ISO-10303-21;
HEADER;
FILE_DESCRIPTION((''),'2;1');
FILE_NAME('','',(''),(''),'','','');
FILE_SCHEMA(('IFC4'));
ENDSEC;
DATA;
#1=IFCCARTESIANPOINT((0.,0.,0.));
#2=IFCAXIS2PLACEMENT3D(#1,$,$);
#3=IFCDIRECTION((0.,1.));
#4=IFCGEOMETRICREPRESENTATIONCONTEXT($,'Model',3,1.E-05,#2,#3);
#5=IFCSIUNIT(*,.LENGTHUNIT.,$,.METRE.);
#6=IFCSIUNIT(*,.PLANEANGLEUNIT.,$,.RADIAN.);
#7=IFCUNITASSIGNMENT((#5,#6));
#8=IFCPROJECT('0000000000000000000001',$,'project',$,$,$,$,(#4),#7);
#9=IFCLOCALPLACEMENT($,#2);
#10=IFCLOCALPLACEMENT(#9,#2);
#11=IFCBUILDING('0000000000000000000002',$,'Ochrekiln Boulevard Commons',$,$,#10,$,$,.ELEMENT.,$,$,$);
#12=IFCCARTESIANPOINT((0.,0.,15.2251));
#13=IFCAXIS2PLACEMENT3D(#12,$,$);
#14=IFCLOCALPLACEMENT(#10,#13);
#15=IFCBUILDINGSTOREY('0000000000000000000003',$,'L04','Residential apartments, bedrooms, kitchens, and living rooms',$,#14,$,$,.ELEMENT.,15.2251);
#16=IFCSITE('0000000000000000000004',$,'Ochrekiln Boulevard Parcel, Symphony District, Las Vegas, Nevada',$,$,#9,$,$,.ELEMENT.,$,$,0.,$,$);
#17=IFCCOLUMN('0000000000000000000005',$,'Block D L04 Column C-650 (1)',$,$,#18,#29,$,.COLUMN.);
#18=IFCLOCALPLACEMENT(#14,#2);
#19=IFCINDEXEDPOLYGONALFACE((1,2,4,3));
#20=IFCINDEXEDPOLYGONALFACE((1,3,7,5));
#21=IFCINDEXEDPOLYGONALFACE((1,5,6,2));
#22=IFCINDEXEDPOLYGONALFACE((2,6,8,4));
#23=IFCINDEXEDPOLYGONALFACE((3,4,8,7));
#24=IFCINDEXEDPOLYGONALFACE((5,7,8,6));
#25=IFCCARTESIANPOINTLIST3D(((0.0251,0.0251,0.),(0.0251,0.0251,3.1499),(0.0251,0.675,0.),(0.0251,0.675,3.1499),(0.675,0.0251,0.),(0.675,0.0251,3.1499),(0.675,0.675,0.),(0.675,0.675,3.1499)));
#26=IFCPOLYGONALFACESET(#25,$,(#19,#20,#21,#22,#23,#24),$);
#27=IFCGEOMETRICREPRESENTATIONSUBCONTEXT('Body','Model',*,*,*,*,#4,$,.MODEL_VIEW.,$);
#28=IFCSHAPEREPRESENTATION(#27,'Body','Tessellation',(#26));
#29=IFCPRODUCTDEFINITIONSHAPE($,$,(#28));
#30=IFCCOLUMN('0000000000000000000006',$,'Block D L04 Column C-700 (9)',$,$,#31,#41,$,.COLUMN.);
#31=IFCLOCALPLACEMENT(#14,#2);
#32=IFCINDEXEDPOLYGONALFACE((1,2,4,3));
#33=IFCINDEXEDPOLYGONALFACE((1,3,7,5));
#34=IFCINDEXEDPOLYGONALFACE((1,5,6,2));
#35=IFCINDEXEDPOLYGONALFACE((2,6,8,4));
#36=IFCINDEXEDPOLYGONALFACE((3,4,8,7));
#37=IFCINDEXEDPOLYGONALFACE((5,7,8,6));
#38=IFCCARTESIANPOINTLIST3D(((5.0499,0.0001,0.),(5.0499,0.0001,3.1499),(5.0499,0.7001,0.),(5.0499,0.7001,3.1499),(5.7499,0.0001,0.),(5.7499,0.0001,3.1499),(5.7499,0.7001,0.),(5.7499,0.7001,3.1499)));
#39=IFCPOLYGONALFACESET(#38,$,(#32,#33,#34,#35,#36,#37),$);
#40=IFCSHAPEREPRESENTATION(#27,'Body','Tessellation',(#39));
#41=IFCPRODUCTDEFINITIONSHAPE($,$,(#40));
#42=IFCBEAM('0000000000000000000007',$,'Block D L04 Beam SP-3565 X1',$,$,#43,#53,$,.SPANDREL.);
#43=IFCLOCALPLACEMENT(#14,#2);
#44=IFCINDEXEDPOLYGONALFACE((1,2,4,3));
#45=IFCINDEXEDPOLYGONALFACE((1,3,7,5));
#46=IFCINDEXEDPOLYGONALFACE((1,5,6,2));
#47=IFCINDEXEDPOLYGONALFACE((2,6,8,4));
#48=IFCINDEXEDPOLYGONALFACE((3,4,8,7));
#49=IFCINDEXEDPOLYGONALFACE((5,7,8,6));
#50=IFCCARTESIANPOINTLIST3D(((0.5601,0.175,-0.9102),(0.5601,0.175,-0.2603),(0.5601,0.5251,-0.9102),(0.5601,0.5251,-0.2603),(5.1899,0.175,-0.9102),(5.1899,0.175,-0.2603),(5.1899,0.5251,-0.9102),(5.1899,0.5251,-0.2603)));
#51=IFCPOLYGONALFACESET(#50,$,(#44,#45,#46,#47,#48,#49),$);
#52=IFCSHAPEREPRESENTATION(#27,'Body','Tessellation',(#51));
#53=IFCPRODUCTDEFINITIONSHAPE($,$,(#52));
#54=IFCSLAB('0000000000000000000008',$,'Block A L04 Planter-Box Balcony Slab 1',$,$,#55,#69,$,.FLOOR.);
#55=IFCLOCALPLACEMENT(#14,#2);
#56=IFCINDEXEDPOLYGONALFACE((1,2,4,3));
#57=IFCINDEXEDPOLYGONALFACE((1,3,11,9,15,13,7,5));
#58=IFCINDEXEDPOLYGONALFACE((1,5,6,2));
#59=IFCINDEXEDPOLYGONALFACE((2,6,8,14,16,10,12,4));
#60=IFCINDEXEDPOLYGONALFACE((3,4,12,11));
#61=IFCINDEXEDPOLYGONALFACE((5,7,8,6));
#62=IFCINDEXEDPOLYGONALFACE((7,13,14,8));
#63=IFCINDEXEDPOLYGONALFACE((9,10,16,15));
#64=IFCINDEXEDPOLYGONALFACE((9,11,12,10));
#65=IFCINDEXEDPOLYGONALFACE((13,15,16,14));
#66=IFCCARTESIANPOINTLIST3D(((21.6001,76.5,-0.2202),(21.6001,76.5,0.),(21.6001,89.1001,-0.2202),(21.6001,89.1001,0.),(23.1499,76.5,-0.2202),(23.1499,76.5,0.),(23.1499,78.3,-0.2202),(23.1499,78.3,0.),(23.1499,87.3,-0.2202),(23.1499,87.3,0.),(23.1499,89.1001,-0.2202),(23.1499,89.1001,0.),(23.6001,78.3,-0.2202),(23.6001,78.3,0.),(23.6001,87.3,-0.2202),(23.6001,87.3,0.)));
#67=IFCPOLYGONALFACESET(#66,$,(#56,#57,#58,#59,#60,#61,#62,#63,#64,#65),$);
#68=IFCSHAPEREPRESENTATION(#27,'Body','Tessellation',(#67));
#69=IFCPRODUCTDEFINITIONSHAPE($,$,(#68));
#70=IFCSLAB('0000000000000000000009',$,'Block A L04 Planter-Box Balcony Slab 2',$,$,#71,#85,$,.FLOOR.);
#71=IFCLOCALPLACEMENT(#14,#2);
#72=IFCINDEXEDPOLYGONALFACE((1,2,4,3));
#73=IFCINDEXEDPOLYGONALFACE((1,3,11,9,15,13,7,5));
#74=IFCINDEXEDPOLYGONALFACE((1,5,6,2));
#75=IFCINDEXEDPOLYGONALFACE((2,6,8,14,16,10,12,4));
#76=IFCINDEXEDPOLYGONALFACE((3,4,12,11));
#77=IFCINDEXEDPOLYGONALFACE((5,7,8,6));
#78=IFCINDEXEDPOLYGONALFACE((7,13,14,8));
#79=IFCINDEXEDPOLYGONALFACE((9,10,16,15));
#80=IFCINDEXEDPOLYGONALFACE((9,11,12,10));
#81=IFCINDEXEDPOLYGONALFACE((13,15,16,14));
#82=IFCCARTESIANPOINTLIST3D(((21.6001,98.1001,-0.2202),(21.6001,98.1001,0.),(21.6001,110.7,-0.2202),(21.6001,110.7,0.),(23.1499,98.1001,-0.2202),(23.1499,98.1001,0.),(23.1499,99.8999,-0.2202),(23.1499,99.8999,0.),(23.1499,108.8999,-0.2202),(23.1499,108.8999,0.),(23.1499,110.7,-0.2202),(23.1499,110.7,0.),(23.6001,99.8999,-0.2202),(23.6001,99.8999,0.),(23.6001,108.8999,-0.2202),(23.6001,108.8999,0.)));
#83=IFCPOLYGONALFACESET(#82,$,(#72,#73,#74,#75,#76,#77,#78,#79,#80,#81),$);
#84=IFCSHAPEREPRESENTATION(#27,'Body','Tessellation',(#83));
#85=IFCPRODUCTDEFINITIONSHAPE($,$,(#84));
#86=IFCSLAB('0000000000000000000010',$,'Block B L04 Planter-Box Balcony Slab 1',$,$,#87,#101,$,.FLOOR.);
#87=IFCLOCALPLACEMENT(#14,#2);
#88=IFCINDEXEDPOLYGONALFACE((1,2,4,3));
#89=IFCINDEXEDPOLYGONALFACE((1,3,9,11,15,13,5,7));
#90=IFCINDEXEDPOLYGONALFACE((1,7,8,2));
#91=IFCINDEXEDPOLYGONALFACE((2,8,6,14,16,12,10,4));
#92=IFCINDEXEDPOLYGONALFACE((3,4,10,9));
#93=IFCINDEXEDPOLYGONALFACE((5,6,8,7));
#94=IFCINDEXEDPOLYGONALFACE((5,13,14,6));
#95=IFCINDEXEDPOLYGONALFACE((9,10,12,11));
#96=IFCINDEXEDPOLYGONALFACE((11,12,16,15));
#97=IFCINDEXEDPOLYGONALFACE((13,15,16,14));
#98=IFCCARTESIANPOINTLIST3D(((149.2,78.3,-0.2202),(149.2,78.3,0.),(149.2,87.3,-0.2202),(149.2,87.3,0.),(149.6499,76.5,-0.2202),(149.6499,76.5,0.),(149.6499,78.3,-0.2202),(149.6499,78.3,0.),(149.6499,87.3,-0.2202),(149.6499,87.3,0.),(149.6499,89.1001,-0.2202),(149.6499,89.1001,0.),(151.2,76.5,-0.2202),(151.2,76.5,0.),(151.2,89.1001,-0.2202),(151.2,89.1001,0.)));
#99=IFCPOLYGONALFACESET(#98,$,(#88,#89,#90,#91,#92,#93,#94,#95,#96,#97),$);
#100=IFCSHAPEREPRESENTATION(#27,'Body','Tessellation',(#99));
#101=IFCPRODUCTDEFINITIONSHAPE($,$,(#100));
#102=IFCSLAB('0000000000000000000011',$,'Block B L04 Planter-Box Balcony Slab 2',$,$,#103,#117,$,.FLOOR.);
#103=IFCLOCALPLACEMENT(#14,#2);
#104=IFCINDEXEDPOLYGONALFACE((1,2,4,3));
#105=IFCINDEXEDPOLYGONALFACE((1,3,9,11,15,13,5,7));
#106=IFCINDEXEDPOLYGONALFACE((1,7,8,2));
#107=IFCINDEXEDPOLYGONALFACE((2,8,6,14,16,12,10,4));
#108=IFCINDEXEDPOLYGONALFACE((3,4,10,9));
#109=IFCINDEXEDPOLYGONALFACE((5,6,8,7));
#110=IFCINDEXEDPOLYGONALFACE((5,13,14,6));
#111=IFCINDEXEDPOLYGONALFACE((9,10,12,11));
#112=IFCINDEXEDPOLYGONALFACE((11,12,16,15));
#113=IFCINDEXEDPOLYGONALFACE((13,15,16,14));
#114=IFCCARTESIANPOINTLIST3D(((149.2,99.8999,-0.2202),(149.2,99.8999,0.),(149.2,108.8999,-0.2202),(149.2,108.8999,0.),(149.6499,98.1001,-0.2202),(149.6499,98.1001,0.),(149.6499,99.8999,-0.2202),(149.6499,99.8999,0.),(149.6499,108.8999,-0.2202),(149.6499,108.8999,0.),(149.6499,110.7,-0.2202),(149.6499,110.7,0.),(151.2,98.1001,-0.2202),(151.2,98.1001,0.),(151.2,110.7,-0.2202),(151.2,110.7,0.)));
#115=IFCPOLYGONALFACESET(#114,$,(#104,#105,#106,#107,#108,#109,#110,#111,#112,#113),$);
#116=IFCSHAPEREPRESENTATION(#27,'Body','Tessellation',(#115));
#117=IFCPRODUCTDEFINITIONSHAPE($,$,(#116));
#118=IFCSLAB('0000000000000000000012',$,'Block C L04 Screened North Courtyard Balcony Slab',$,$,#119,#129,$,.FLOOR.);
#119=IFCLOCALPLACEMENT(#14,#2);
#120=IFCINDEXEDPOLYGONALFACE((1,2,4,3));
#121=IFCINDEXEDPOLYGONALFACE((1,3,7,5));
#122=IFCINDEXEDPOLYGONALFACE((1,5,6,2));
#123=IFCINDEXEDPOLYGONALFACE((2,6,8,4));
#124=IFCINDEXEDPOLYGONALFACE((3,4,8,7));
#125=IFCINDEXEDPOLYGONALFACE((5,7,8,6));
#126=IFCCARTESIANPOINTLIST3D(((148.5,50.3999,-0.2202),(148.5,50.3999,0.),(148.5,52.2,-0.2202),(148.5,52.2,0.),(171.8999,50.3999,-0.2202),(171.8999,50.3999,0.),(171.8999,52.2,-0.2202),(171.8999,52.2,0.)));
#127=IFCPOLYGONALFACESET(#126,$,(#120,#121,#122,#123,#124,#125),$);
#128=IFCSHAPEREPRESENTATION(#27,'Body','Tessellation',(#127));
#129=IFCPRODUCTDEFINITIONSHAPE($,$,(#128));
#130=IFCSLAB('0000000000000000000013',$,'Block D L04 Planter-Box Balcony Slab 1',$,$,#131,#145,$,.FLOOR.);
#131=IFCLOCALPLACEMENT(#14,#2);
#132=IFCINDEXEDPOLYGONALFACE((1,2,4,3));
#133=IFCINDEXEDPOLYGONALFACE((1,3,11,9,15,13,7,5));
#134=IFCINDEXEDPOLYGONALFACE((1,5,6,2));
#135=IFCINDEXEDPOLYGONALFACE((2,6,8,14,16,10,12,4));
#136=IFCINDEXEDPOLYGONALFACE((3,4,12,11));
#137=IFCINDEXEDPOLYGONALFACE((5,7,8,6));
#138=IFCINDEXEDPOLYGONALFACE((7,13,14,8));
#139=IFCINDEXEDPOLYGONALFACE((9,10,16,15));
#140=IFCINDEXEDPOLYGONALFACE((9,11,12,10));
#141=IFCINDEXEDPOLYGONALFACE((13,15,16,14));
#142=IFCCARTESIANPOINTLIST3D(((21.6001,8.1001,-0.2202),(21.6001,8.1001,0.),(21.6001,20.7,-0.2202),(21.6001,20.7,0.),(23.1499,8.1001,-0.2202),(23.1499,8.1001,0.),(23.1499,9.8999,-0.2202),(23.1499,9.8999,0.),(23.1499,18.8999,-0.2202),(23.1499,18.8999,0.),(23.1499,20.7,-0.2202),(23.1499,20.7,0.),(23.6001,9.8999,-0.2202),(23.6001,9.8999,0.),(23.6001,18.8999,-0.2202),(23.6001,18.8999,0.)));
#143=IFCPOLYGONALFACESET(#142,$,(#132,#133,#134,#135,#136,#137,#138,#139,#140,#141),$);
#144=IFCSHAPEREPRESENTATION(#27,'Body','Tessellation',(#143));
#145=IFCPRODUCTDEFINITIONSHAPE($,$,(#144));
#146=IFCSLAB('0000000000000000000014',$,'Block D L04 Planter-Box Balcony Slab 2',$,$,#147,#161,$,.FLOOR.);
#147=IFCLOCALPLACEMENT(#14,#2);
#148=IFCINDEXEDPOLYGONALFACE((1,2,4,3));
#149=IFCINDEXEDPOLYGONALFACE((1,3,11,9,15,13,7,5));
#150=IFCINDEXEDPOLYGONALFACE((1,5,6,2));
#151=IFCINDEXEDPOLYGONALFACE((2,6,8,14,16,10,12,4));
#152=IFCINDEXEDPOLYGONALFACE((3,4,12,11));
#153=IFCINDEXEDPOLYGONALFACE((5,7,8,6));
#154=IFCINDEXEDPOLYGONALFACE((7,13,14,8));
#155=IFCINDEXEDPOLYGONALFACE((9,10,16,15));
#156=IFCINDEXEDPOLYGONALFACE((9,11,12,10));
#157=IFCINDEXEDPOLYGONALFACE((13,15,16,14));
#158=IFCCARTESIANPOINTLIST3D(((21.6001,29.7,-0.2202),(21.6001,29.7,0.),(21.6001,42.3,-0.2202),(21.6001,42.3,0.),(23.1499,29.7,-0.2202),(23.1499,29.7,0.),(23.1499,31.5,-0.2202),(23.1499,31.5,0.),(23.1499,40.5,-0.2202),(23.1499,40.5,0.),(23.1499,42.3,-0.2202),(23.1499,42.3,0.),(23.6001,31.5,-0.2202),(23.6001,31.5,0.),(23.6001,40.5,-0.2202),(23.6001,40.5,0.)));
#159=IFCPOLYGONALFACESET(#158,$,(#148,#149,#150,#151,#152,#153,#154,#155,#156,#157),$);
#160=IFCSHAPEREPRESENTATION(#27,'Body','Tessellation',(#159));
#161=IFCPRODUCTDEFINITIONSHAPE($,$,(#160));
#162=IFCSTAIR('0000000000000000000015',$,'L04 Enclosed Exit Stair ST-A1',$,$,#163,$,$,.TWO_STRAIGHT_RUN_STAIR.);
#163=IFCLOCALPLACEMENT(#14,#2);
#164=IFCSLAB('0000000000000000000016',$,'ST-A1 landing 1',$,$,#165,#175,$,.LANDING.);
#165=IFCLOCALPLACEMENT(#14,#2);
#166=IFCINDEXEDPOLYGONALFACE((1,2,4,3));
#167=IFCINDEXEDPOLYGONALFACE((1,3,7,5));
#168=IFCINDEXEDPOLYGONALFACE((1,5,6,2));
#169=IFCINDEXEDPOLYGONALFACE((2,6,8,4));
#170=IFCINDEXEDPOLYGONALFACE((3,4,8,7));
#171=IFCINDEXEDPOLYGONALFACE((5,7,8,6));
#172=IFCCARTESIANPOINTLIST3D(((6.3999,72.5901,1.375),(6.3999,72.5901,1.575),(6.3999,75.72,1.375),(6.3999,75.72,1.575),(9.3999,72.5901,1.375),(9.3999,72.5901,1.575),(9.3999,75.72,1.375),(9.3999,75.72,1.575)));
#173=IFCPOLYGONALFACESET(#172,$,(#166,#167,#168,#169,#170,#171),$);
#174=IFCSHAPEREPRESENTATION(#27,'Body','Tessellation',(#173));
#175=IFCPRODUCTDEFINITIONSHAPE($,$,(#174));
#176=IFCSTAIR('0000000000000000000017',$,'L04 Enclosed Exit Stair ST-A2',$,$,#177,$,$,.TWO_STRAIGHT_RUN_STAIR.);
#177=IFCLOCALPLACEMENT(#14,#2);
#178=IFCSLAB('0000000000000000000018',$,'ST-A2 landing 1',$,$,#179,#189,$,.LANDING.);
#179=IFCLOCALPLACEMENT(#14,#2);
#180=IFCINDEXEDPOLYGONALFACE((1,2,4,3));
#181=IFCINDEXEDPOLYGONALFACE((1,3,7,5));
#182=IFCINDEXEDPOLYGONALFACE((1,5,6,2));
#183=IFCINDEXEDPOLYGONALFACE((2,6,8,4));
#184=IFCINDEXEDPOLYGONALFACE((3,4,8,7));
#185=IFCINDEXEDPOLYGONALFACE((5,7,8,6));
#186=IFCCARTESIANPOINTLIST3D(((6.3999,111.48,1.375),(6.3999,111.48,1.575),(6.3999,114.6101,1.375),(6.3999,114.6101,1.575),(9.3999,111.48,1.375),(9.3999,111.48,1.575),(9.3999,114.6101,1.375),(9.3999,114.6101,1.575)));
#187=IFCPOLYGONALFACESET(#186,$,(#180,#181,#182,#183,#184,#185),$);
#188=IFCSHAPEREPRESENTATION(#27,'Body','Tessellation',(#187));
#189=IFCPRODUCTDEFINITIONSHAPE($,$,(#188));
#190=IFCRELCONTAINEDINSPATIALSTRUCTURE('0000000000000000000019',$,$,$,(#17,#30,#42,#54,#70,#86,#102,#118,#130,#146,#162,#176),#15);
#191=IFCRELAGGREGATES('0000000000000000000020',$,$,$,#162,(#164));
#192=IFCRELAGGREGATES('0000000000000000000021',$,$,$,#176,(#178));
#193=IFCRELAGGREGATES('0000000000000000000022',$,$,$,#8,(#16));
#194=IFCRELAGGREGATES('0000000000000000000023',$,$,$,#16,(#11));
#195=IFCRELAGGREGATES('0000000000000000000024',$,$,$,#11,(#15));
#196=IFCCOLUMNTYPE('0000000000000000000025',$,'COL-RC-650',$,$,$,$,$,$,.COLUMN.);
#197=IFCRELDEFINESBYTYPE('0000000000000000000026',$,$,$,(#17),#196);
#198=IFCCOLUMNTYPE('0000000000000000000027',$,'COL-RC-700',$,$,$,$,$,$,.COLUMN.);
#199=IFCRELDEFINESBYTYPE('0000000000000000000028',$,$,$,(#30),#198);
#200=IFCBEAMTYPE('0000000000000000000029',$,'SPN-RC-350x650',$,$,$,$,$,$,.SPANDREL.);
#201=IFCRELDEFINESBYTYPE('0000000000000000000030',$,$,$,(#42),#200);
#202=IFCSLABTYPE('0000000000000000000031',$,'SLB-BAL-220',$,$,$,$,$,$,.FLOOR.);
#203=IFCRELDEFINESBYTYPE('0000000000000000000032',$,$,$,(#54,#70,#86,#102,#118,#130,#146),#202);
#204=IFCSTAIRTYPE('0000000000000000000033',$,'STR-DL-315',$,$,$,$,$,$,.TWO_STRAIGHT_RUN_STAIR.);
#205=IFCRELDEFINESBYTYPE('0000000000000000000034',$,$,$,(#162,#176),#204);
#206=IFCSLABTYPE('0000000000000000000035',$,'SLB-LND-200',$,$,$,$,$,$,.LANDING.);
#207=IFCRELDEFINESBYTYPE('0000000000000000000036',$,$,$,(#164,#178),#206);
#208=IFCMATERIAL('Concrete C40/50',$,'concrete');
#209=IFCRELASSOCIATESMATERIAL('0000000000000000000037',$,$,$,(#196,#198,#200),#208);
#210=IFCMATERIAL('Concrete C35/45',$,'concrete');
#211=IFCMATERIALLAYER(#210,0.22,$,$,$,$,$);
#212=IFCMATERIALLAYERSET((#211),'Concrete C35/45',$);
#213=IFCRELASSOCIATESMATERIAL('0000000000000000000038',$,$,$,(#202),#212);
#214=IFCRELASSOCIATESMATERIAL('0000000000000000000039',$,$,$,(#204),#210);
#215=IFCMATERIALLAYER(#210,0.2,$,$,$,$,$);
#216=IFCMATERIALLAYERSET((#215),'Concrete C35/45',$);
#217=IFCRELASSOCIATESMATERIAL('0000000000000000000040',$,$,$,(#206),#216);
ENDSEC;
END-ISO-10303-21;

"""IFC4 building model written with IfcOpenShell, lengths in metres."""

from ifc_helpers import new_model, si_unit, direction, frame, origin, origin_2d, place, context, subcontext, project, spatial, polyline, rectangle, outline, extrude, material, layer, layer_set, material_profile, profile_set, type_object, element, aggregate, save


model = new_model("IFC4")

# Units and contexts
model_context = context("Model", 3, precision=1e-05, world=origin(), true_north=direction((0.0, 1.0)))
body_context = subcontext(model_context, "Body", "Model", "MODEL_VIEW")
ifc_project = project(units=[si_unit("LENGTHUNIT", "METRE"), si_unit("PLANEANGLEUNIT", "RADIAN")], contexts=[model_context])

# Site, building, storey
site_placement = place(None, origin())
site = spatial("IfcSite", under=ifc_project, at=site_placement, Name="Ochrekiln Boulevard Parcel, Symphony District, Las Vegas, Nevada", CompositionType="ELEMENT", RefElevation=0.0)
building_placement = place(site_placement, origin())
building = spatial("IfcBuilding", under=site, at=building_placement, Name="Ochrekiln Boulevard Commons", CompositionType="ELEMENT")
storey_placement = place(building_placement, frame((0.0, 0.0, 15.2251)))
storey = spatial("IfcBuildingStorey", under=building, at=storey_placement, Name="L04", Description="Residential apartments, bedrooms, kitchens, and living rooms", CompositionType="ELEMENT", Elevation=15.2251)

# Columns
ifc_material_1 = material(Name="Concrete C40/50", Category="concrete")
ifc_material_profile_1 = material_profile(ifc_material_1, rectangle(XDim=0.6499, YDim=0.6499, at=origin_2d()), Name="RC-COL-650x650")
ifc_profile_set_1 = profile_set([ifc_material_profile_1], Name="Concrete C40/50")
column_type_1 = type_object("IfcColumnType", Name="COL-RC-650", PredefinedType="COLUMN", material=ifc_profile_set_1)
column_1_placement = place(storey_placement, frame((0.3501, 0.3501, 0.0), z_axis=(0.0, 0.0, 1.0), x_axis=(1.0, 0.0, 0.0)))
element("IfcColumn", 1, at=column_1_placement, inside=storey, type_object=column_type_1, Name="Block D L04 Column C-650 (1)", PredefinedType="COLUMN", context=body_context, shape_type="SweptSolid", body=[
    extrude(rectangle(XDim=0.6499, YDim=0.6499, at=origin_2d()), origin(), (0.0, 0.0, 1.0), 3.1499),
])
ifc_material_profile_2 = material_profile(ifc_material_1, rectangle(XDim=0.7, YDim=0.7, at=origin_2d()), Name="RC-COL-700x700")
ifc_profile_set_2 = profile_set([ifc_material_profile_2], Name="Concrete C40/50")
column_type_2 = type_object("IfcColumnType", Name="COL-RC-700", PredefinedType="COLUMN", material=ifc_profile_set_2)
column_2_placement = place(storey_placement, frame((5.3999, 0.3501, 0.0), z_axis=(0.0, 0.0, 1.0), x_axis=(1.0, 0.0, 0.0)))
element("IfcColumn", 2, at=column_2_placement, inside=storey, type_object=column_type_2, Name="Block D L04 Column C-700 (9)", PredefinedType="COLUMN", context=body_context, shape_type="SweptSolid", body=[
    extrude(rectangle(XDim=0.7, YDim=0.7, at=origin_2d()), origin(), (0.0, 0.0, 1.0), 3.1499),
])

# Beam
ifc_material_profile_3 = material_profile(ifc_material_1, rectangle(XDim=0.3501, YDim=0.6499, at=origin_2d()), Name="RC-SPN-350x650")
ifc_profile_set_3 = profile_set([ifc_material_profile_3], Name="Concrete C40/50")
beam_type = type_object("IfcBeamType", Name="SPN-RC-350x650", PredefinedType="SPANDREL", material=ifc_profile_set_3)
beam_placement = place(storey_placement, frame((0.5601, 0.3501, -0.5852), z_axis=(1.0, 0.0, 0.0), x_axis=(0.0, 1.0, 0.0)))
element("IfcBeam", 3, at=beam_placement, inside=storey, type_object=beam_type, Name="Block D L04 Beam SP-3565 X1", PredefinedType="SPANDREL", context=body_context, shape_type="SweptSolid", body=[
    extrude(rectangle(XDim=0.3501, YDim=0.6499, at=origin_2d()), origin(), (0.0, 0.0, 1.0), 4.6299),
])

# Slabs
ifc_material_2 = material(Name="Concrete C35/45", Category="concrete")
ifc_layer_1 = layer(ifc_material_2, 0.22)
ifc_layer_set_1 = layer_set([ifc_layer_1], Name="Concrete C35/45")
slab_type_1 = type_object("IfcSlabType", Name="SLB-BAL-220", PredefinedType="FLOOR", material=ifc_layer_set_1)
slab_1_placement = place(storey_placement, frame((0.0, 0.0, -0.2202)))
element("IfcSlab", 4, at=slab_1_placement, inside=storey, type_object=slab_type_1, Name="Block A L04 Planter-Box Balcony Slab 1", PredefinedType="FLOOR", context=body_context, shape_type="SweptSolid", body=[
    extrude(outline(polyline([(21.6001, 76.5), (23.1499, 76.5), (23.1499, 78.3), (23.6001, 78.3), (23.6001, 87.3), (23.1499, 87.3), (23.1499, 89.1001), (21.6001, 89.1001), (21.6001, 76.5)])), origin(), (0.0, 0.0, 1.0), 0.2202),
])
slab_2_placement = place(storey_placement, frame((0.0, 0.0, -0.2202)))
element("IfcSlab", 5, at=slab_2_placement, inside=storey, type_object=slab_type_1, Name="Block A L04 Planter-Box Balcony Slab 2", PredefinedType="FLOOR", context=body_context, shape_type="SweptSolid", body=[
    extrude(outline(polyline([(21.6001, 98.1001), (23.1499, 98.1001), (23.1499, 99.8999), (23.6001, 99.8999), (23.6001, 108.8999), (23.1499, 108.8999), (23.1499, 110.7), (21.6001, 110.7), (21.6001, 98.1001)])), origin(), (0.0, 0.0, 1.0), 0.2202),
])
slab_3_placement = place(storey_placement, frame((0.0, 0.0, -0.2202)))
element("IfcSlab", 6, at=slab_3_placement, inside=storey, type_object=slab_type_1, Name="Block B L04 Planter-Box Balcony Slab 1", PredefinedType="FLOOR", context=body_context, shape_type="SweptSolid", body=[
    extrude(outline(polyline([(151.2, 76.5), (151.2, 89.1001), (149.6499, 89.1001), (149.6499, 87.3), (149.2, 87.3), (149.2, 78.3), (149.6499, 78.3), (149.6499, 76.5), (151.2, 76.5)])), origin(), (0.0, 0.0, 1.0), 0.2202),
])
slab_4_placement = place(storey_placement, frame((0.0, 0.0, -0.2202)))
element("IfcSlab", 7, at=slab_4_placement, inside=storey, type_object=slab_type_1, Name="Block B L04 Planter-Box Balcony Slab 2", PredefinedType="FLOOR", context=body_context, shape_type="SweptSolid", body=[
    extrude(outline(polyline([(151.2, 98.1001), (151.2, 110.7), (149.6499, 110.7), (149.6499, 108.8999), (149.2, 108.8999), (149.2, 99.8999), (149.6499, 99.8999), (149.6499, 98.1001), (151.2, 98.1001)])), origin(), (0.0, 0.0, 1.0), 0.2202),
])
slab_5_placement = place(storey_placement, frame((0.0, 0.0, -0.2202)))
element("IfcSlab", 8, at=slab_5_placement, inside=storey, type_object=slab_type_1, Name="Block C L04 Screened North Courtyard Balcony Slab", PredefinedType="FLOOR", context=body_context, shape_type="SweptSolid", body=[
    extrude(outline(polyline([(148.5, 50.3999), (171.8999, 50.3999), (171.8999, 52.2), (148.5, 52.2), (148.5, 50.3999)])), origin(), (0.0, 0.0, 1.0), 0.2202),
])
slab_6_placement = place(storey_placement, frame((0.0, 0.0, -0.2202)))
element("IfcSlab", 9, at=slab_6_placement, inside=storey, type_object=slab_type_1, Name="Block D L04 Planter-Box Balcony Slab 1", PredefinedType="FLOOR", context=body_context, shape_type="SweptSolid", body=[
    extrude(outline(polyline([(21.6001, 8.1001), (23.1499, 8.1001), (23.1499, 9.8999), (23.6001, 9.8999), (23.6001, 18.8999), (23.1499, 18.8999), (23.1499, 20.7), (21.6001, 20.7), (21.6001, 8.1001)])), origin(), (0.0, 0.0, 1.0), 0.2202),
])
slab_7_placement = place(storey_placement, frame((0.0, 0.0, -0.2202)))
element("IfcSlab", 10, at=slab_7_placement, inside=storey, type_object=slab_type_1, Name="Block D L04 Planter-Box Balcony Slab 2", PredefinedType="FLOOR", context=body_context, shape_type="SweptSolid", body=[
    extrude(outline(polyline([(21.6001, 29.7), (23.1499, 29.7), (23.1499, 31.5), (23.6001, 31.5), (23.6001, 40.5), (23.1499, 40.5), (23.1499, 42.3), (21.6001, 42.3), (21.6001, 29.7)])), origin(), (0.0, 0.0, 1.0), 0.2202),
])

# Stairs, slabs
stair_type = type_object("IfcStairType", Name="STR-DL-315", PredefinedType="TWO_STRAIGHT_RUN_STAIR", material=ifc_material_2)
stair_1_placement = place(storey_placement, origin())
stair_1 = element("IfcStair", 11, at=stair_1_placement, inside=storey, type_object=stair_type, Name="L04 Enclosed Exit Stair ST-A1", PredefinedType="TWO_STRAIGHT_RUN_STAIR")
ifc_layer_2 = layer(ifc_material_2, 0.2)
ifc_layer_set_2 = layer_set([ifc_layer_2], Name="Concrete C35/45")
slab_type_2 = type_object("IfcSlabType", Name="SLB-LND-200", PredefinedType="LANDING", material=ifc_layer_set_2)
slab_8_placement = place(storey_placement, frame((0.0, 0.0, 1.375)))
slab_8 = element("IfcSlab", 12, at=slab_8_placement, type_object=slab_type_2, Name="ST-A1 landing 1", PredefinedType="LANDING", context=body_context, shape_type="SweptSolid", body=[
    extrude(outline(polyline([(9.3999, 72.5901), (9.3999, 75.72), (6.3999, 75.72), (6.3999, 72.5901), (9.3999, 72.5901)])), origin(), (0.0, 0.0, 1.0), 0.2),
])
aggregate(stair_1, [slab_8])
stair_2_placement = place(storey_placement, origin())
stair_2 = element("IfcStair", 13, at=stair_2_placement, inside=storey, type_object=stair_type, Name="L04 Enclosed Exit Stair ST-A2", PredefinedType="TWO_STRAIGHT_RUN_STAIR")
slab_9_placement = place(storey_placement, frame((0.0, 0.0, 1.375)))
slab_9 = element("IfcSlab", 14, at=slab_9_placement, type_object=slab_type_2, Name="ST-A2 landing 1", PredefinedType="LANDING", context=body_context, shape_type="SweptSolid", body=[
    extrude(outline(polyline([(6.3999, 114.6101), (6.3999, 111.48), (9.3999, 111.48), (9.3999, 114.6101), (6.3999, 114.6101)])), origin(), (0.0, 0.0, 1.0), 0.2),
])
aggregate(stair_2, [slab_9])

save(model, "model.ifc")
